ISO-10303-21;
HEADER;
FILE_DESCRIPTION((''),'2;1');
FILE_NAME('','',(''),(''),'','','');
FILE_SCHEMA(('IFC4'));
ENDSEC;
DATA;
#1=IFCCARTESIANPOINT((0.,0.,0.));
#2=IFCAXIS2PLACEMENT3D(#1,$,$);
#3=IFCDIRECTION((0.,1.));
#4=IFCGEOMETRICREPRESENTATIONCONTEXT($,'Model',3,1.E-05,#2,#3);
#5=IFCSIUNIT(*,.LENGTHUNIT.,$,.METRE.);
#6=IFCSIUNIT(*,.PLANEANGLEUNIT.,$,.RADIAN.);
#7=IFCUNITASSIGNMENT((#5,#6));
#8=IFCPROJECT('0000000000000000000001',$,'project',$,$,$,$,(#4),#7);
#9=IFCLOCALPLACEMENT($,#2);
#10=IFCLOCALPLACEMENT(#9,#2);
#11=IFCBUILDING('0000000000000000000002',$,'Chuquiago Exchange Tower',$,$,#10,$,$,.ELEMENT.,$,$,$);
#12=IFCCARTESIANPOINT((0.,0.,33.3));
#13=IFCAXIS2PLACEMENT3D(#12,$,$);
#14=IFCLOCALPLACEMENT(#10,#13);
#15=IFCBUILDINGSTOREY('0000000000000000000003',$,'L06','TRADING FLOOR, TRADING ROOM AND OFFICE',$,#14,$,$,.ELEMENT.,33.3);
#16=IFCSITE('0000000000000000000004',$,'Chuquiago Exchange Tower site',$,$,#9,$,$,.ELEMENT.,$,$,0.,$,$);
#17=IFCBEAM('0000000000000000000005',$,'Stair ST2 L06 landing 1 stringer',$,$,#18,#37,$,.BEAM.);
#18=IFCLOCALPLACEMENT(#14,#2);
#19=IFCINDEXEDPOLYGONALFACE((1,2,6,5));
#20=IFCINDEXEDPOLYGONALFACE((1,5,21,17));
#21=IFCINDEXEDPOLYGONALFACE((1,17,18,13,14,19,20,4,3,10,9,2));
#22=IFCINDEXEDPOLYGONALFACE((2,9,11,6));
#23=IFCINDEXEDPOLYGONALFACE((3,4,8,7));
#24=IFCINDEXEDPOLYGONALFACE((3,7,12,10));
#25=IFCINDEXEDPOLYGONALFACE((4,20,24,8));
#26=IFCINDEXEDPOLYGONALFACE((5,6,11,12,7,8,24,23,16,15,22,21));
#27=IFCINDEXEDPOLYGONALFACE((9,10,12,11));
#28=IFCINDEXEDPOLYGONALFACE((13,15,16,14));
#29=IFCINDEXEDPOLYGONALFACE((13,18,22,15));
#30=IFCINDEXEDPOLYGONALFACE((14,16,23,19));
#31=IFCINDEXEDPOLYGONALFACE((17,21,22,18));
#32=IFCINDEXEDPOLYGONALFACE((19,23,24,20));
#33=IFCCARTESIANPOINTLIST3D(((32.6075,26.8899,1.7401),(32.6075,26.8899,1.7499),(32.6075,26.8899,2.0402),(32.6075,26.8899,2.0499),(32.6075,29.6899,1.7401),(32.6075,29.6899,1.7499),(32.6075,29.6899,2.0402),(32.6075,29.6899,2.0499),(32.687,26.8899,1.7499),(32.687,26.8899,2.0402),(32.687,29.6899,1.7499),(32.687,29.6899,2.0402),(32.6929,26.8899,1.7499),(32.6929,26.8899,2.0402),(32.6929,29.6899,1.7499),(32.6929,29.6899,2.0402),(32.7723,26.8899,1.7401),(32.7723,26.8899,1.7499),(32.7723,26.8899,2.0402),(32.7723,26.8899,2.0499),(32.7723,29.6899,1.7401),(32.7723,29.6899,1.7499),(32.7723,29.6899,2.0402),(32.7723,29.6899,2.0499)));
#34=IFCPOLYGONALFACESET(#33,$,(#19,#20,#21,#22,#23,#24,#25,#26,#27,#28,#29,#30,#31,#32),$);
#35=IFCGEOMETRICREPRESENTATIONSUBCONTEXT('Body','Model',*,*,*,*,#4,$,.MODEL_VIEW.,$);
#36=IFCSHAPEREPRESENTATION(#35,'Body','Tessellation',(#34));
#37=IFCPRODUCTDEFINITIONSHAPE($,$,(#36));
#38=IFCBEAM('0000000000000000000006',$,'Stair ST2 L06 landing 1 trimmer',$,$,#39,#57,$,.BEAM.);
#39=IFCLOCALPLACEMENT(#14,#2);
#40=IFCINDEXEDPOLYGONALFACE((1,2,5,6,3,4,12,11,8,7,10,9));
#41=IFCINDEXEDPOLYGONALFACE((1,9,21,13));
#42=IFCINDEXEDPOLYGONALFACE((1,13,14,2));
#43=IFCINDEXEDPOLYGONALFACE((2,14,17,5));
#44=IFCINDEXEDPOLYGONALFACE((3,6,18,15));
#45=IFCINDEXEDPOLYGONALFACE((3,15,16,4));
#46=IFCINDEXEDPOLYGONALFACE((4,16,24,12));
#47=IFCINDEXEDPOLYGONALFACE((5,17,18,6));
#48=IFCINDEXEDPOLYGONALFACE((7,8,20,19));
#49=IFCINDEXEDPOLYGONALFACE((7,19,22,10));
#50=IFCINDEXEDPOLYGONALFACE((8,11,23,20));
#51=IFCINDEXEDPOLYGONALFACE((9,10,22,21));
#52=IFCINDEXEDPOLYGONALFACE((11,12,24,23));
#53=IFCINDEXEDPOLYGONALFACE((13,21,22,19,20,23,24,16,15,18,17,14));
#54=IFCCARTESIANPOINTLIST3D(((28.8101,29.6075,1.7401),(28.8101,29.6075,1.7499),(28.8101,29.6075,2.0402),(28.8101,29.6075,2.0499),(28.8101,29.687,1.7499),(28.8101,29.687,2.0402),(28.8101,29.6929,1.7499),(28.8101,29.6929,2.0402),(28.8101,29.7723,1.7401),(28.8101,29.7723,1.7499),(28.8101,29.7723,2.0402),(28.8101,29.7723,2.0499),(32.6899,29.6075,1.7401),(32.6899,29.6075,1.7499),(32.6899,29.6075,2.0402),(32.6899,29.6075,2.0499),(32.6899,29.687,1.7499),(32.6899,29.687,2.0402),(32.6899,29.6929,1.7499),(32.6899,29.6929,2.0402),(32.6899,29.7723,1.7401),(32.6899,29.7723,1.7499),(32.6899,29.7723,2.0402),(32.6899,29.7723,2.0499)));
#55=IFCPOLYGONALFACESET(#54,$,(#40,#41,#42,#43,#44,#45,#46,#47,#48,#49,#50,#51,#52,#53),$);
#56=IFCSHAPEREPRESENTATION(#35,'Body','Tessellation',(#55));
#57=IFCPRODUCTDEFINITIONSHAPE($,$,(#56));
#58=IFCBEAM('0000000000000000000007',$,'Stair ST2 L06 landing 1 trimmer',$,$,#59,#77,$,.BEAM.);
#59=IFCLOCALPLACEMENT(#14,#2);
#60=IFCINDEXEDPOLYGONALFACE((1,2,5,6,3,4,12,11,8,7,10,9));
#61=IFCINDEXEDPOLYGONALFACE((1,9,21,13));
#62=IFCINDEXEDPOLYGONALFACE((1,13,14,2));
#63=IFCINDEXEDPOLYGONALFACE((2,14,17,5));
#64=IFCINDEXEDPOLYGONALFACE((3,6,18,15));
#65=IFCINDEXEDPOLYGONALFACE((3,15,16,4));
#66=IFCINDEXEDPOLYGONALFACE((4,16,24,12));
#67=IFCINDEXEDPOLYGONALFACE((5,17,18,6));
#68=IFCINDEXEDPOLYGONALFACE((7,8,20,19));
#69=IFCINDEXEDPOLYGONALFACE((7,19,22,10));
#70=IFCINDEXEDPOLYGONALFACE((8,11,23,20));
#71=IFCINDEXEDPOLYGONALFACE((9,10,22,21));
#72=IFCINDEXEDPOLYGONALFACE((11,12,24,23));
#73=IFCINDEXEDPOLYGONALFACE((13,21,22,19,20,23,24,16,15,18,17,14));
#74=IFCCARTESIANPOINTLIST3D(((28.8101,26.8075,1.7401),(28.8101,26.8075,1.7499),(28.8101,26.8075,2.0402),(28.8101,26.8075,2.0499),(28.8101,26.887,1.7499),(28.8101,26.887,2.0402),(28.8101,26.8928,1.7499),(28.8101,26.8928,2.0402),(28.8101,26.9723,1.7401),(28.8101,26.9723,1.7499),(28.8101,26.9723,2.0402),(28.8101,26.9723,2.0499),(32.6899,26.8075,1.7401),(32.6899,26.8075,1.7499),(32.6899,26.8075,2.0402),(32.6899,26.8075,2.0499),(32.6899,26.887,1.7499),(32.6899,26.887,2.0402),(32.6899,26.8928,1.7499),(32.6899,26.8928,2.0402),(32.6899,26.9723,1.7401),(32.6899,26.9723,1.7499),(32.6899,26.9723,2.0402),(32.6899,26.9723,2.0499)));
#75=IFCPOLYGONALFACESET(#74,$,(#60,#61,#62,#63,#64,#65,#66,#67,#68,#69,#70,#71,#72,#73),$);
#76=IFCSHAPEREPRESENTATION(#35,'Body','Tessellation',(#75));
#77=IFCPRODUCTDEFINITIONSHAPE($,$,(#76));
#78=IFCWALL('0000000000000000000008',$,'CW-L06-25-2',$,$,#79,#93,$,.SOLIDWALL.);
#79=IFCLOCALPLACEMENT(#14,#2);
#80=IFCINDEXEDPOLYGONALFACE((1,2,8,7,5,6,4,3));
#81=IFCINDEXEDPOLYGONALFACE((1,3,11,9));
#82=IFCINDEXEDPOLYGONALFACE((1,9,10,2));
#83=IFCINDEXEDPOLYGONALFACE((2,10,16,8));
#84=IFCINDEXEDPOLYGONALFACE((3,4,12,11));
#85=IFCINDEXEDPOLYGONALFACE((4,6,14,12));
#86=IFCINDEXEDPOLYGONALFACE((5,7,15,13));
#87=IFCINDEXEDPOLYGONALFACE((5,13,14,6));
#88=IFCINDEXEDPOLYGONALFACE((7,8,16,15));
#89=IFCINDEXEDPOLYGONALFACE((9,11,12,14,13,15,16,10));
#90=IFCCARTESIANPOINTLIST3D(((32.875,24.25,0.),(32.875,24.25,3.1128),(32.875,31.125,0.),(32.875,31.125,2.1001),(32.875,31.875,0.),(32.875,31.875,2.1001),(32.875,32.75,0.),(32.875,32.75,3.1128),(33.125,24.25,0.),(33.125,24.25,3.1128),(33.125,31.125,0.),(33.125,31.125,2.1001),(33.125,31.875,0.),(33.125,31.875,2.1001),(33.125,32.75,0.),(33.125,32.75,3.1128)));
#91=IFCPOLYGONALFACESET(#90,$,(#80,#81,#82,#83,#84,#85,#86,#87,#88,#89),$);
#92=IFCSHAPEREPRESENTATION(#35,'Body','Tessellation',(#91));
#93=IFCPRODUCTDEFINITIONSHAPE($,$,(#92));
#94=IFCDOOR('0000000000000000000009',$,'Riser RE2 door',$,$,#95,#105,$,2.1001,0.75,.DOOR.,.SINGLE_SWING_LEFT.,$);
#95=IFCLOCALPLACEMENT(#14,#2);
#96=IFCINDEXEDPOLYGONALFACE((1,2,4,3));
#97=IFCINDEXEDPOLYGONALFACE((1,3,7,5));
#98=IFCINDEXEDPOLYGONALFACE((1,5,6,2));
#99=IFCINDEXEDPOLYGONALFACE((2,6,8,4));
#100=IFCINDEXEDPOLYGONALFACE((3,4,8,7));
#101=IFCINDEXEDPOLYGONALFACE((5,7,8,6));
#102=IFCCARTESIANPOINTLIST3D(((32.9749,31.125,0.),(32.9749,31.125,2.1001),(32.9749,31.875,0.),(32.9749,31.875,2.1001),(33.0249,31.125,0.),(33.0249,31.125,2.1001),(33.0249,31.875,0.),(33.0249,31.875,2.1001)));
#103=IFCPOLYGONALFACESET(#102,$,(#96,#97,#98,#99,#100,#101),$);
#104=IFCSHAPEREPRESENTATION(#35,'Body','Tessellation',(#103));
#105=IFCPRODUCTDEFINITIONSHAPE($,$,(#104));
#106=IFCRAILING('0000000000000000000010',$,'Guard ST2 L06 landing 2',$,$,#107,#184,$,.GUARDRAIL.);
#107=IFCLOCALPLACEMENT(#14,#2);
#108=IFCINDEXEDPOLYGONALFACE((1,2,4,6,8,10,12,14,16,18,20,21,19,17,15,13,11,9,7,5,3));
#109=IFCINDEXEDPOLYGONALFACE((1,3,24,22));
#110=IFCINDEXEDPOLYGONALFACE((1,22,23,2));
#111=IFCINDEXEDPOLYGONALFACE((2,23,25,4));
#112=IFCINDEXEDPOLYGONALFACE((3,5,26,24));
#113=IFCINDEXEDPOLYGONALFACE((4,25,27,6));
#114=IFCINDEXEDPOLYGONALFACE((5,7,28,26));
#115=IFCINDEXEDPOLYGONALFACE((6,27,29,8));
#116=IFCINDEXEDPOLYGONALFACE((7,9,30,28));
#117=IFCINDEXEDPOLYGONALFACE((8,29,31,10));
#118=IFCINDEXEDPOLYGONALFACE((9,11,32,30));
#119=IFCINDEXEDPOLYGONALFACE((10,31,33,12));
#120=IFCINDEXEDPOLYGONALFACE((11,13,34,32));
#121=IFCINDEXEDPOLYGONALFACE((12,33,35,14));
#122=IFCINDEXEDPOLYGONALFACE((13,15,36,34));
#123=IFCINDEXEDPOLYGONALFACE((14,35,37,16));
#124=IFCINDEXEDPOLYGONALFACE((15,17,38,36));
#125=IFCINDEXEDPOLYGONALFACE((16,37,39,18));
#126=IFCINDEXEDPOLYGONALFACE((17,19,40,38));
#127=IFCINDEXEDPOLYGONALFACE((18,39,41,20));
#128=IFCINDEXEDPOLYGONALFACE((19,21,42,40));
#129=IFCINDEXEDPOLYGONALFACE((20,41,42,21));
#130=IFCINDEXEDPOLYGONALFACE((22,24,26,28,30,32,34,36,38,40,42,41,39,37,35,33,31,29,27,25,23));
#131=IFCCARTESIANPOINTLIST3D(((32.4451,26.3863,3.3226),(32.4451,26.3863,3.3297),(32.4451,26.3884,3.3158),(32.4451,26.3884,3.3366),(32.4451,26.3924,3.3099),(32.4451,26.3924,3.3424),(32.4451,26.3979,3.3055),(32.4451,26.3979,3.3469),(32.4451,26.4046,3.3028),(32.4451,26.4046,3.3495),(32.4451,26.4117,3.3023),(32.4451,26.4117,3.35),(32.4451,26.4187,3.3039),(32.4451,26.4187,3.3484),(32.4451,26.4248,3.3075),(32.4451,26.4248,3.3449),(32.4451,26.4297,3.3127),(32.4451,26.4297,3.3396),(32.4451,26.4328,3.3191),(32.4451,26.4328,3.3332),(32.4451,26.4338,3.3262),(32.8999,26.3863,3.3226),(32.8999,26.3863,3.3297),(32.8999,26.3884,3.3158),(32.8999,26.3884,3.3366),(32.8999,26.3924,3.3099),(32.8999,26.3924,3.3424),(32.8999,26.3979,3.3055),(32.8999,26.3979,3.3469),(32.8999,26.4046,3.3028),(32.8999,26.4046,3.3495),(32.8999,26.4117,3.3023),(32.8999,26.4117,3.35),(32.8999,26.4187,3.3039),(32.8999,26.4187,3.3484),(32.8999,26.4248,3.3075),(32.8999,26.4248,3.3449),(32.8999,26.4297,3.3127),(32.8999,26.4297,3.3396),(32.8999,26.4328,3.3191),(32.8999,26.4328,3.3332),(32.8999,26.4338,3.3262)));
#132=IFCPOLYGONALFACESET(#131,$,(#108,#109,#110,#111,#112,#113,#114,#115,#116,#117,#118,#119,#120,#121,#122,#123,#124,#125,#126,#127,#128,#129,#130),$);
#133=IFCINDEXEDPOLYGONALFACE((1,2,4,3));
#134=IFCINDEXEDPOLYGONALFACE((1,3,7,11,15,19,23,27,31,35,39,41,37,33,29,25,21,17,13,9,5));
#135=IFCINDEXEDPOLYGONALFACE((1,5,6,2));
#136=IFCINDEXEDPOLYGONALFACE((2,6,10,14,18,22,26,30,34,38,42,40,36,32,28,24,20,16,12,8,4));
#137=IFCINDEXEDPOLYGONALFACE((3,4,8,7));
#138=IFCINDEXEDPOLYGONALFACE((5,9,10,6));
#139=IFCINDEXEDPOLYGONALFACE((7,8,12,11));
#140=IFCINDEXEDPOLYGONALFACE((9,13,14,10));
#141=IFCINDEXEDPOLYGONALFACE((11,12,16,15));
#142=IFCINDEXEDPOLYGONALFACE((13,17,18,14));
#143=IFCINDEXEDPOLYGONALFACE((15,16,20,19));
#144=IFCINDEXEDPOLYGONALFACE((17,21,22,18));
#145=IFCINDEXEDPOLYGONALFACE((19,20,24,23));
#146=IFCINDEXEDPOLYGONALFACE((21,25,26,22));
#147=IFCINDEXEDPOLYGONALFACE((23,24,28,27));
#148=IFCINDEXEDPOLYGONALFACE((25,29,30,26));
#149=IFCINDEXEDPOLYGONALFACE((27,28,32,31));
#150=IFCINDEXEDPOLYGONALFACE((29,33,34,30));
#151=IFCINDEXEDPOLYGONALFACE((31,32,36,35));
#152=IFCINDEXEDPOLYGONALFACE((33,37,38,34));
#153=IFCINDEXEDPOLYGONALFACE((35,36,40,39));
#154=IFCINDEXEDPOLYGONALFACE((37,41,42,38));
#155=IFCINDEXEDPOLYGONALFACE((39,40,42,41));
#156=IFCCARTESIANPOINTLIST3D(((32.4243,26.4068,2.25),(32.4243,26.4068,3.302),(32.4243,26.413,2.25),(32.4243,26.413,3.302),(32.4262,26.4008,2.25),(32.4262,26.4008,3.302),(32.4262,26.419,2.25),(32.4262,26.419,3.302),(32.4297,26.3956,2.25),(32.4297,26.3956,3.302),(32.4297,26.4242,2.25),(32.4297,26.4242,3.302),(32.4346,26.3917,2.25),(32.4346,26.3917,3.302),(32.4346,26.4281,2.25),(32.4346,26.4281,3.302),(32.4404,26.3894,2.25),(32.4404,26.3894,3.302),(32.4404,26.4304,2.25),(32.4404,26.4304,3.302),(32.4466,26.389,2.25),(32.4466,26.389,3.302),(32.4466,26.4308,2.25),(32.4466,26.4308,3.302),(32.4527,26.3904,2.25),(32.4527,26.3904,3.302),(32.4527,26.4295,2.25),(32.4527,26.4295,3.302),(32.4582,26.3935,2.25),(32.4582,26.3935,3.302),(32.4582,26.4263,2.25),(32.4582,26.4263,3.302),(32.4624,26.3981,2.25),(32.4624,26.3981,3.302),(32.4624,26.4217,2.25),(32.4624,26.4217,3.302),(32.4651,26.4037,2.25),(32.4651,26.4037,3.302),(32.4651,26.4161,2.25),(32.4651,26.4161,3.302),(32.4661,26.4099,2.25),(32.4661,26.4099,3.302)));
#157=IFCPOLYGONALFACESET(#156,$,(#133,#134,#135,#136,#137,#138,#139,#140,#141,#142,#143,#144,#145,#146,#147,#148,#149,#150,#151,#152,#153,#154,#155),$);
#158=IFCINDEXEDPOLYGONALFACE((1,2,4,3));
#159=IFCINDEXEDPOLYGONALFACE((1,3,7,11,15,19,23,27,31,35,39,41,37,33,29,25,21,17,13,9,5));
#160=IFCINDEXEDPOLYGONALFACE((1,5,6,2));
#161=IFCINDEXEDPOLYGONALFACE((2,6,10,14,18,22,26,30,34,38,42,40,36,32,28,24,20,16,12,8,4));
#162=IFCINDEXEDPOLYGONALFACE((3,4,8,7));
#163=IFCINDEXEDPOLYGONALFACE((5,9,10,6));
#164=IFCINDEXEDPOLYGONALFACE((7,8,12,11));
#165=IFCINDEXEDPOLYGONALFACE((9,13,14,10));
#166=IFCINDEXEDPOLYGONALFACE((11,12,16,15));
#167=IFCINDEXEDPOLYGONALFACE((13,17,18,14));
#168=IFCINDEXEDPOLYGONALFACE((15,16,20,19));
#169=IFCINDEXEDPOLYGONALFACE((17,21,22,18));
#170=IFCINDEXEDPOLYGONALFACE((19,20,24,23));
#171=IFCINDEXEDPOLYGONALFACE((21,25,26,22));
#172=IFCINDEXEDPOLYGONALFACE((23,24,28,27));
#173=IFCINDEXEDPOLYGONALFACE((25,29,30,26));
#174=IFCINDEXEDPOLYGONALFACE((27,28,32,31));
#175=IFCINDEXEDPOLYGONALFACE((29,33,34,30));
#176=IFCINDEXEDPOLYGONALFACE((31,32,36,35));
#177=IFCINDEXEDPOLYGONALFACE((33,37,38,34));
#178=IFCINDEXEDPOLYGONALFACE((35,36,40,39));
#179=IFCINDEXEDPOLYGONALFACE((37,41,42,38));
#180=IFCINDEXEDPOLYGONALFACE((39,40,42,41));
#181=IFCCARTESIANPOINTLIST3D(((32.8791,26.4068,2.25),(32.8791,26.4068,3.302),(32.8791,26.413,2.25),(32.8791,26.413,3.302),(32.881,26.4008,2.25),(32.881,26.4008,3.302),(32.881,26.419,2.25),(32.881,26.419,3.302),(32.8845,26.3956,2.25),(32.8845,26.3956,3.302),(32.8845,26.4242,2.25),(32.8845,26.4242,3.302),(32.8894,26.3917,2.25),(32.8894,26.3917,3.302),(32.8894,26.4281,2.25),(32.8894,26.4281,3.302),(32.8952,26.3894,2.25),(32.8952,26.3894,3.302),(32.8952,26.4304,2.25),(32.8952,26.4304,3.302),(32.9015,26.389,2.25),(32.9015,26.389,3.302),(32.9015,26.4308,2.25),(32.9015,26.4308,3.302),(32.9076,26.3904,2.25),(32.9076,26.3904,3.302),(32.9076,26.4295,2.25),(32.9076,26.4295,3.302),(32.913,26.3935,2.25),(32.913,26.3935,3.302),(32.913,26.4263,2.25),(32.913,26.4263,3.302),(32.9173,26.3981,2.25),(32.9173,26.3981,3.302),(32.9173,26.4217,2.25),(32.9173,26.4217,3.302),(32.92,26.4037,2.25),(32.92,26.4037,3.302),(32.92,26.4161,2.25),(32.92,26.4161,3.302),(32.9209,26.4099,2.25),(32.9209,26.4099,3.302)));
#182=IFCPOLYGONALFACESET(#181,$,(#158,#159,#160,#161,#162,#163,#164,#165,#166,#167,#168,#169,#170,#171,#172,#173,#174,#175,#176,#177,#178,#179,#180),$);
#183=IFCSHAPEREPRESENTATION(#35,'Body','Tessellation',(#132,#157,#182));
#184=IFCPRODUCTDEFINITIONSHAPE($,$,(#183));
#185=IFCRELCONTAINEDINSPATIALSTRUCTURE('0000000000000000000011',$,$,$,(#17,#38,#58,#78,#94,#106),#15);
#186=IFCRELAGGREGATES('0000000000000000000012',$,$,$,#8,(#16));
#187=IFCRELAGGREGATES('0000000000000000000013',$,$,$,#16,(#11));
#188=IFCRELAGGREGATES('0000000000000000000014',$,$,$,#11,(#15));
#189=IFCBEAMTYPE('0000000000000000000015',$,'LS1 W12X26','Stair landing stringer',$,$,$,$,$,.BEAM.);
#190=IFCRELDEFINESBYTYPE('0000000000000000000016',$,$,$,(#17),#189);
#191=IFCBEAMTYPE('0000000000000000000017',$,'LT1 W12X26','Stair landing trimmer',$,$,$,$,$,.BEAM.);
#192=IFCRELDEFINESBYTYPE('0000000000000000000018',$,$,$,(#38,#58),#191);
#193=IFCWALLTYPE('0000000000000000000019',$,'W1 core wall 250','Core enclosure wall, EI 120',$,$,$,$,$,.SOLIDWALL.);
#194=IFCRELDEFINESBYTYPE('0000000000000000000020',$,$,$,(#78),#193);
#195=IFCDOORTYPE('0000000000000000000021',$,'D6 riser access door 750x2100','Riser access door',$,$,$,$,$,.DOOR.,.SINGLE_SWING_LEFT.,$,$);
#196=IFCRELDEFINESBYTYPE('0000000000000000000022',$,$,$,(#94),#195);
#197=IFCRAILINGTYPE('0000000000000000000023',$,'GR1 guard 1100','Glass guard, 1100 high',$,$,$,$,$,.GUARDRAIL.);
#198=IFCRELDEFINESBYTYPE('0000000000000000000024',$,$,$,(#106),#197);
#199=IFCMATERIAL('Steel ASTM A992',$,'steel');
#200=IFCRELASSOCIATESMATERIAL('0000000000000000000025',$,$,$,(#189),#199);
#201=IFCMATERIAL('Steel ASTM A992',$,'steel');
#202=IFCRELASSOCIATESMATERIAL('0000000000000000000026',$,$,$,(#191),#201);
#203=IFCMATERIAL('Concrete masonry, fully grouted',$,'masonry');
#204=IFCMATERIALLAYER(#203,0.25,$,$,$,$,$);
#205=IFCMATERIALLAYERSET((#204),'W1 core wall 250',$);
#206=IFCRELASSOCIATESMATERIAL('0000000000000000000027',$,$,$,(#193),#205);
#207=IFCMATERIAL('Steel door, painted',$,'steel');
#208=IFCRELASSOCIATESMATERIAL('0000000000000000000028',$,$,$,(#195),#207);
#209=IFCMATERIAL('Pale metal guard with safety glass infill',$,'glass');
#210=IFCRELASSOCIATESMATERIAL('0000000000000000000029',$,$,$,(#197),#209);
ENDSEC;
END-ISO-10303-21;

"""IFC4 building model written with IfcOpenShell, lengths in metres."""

from ifc_helpers import new_model, si_unit, direction, frame, frame_2d, origin, origin_2d, place, context, subcontext, project, spatial, rectangle, circle, i_section, extrude, material, layer, layer_set, material_profile, profile_set, type_object, element, fill, save


model = new_model("IFC4")

# Units and contexts
model_context = context("Model", 3, precision=1e-05, world=origin(), true_north=direction((0.0, 1.0)))
body_context = subcontext(model_context, "Body", "Model", "MODEL_VIEW")
ifc_project = project(units=[si_unit("LENGTHUNIT", "METRE"), si_unit("PLANEANGLEUNIT", "RADIAN")], contexts=[model_context])

# Site, building, storey
site_placement = place(None, origin())
site = spatial("IfcSite", under=ifc_project, at=site_placement, Name="Chuquiago Exchange Tower site", CompositionType="ELEMENT", RefElevation=0.0)
building_placement = place(site_placement, origin())
building = spatial("IfcBuilding", under=site, at=building_placement, Name="Chuquiago Exchange Tower", CompositionType="ELEMENT")
storey_placement = place(building_placement, frame((0.0, 0.0, 33.3)))
storey = spatial("IfcBuildingStorey", under=building, at=storey_placement, Name="L06", Description="TRADING FLOOR, TRADING ROOM AND OFFICE", CompositionType="ELEMENT", Elevation=33.3)

# Beams
ifc_material_1 = material(Name="Steel ASTM A992", Category="steel")
ifc_material_profile_1 = material_profile(ifc_material_1, i_section(OverallWidth=0.1648, OverallDepth=0.3098, WebThickness=0.0059, FlangeThickness=0.0098, at=origin_2d()), Name="W12X26")
ifc_profile_set_1 = profile_set([ifc_material_profile_1], Name="Steel ASTM A992")
beam_type_1 = type_object("IfcBeamType", Name="LS1 W12X26", Description="Stair landing stringer", PredefinedType="BEAM", material=ifc_profile_set_1)
for number, where, z_axis, x_axis, name in (
    (1, (32.6899, 26.8899, 1.895), (0.0, 1.0, 0.0), (-1.0, 0.0, 0.0), "Stair ST2 L06 landing 1 stringer"),
):
    element("IfcBeam", number, at=place(storey_placement, frame(where, z_axis=z_axis, x_axis=x_axis)), inside=storey, type_object=beam_type_1, Name=name, PredefinedType="BEAM", context=body_context, shape_type="SweptSolid", body=[
        extrude(i_section(OverallWidth=0.1648, OverallDepth=0.3098, WebThickness=0.0059, FlangeThickness=0.0098, at=origin_2d()), origin(), (0.0, 0.0, 1.0), 2.8),
    ])
ifc_material_2 = material(Name="Steel ASTM A992", Category="steel")
ifc_material_profile_2 = material_profile(ifc_material_2, i_section(OverallWidth=0.1648, OverallDepth=0.3098, WebThickness=0.0059, FlangeThickness=0.0098, at=origin_2d()), Name="W12X26")
ifc_profile_set_2 = profile_set([ifc_material_profile_2], Name="Steel ASTM A992")
beam_type_2 = type_object("IfcBeamType", Name="LT1 W12X26", Description="Stair landing trimmer", PredefinedType="BEAM", material=ifc_profile_set_2)
for number, where, z_axis, x_axis, name in (
    (2, (28.8101, 29.6899, 1.895), (1.0, 0.0, 0.0), (0.0, 1.0, 0.0), "Stair ST2 L06 landing 1 trimmer"),
    (3, (28.8101, 26.8899, 1.895), (1.0, 0.0, 0.0), (0.0, 1.0, 0.0), "Stair ST2 L06 landing 1 trimmer"),
):
    element("IfcBeam", number, at=place(storey_placement, frame(where, z_axis=z_axis, x_axis=x_axis)), inside=storey, type_object=beam_type_2, Name=name, PredefinedType="BEAM", context=body_context, shape_type="SweptSolid", body=[
        extrude(i_section(OverallWidth=0.1648, OverallDepth=0.3098, WebThickness=0.0059, FlangeThickness=0.0098, at=origin_2d()), origin(), (0.0, 0.0, 1.0), 3.8799),
    ])

# Wall, opening, door
ifc_material_3 = material(Name="Concrete masonry, fully grouted", Category="masonry")
ifc_layer = layer(ifc_material_3, 0.25)
ifc_layer_set = layer_set([ifc_layer], Name="W1 core wall 250")
wall_type = type_object("IfcWallType", Name="W1 core wall 250", Description="Core enclosure wall, EI 120", PredefinedType="SOLIDWALL", material=ifc_layer_set)
wall_placement = place(storey_placement, frame((33.0, 24.25, 0.0), z_axis=(0.0, 0.0, 1.0), x_axis=(0.0, 1.0, 0.0)))
wall = element("IfcWall", 4, at=wall_placement, inside=storey, type_object=wall_type, Name="CW-L06-25-2", PredefinedType="SOLIDWALL", context=body_context, shape_type="SweptSolid", body=[
    extrude(rectangle(XDim=8.5, YDim=0.25, at=frame_2d((4.25, 0.0))), origin(), (0.0, 0.0, 1.0), 3.1128),
])
opening_placement = place(wall_placement, frame((6.875, 0.0, 0.0)))
opening = element("IfcOpeningElement", 5, at=opening_placement, cuts=wall, PredefinedType="OPENING", context=body_context, shape_type="SweptSolid", body=[
    extrude(rectangle(XDim=0.75, YDim=2.1001, at=frame_2d((0.375, 1.05))), frame((0.0, 0.135, 0.0), z_axis=(0.0, -1.0, 0.0), x_axis=(1.0, 0.0, 0.0)), (0.0, 0.0, 1.0), 0.27),
])
ifc_material_4 = material(Name="Steel door, painted", Category="steel")
door_type = type_object("IfcDoorType", Name="D6 riser access door 750x2100", Description="Riser access door", OperationType="SINGLE_SWING_LEFT", PredefinedType="DOOR", material=ifc_material_4)
door_placement = place(opening_placement, frame((0.75, 0.0, 0.0), z_axis=(0.0, 0.0, 1.0), x_axis=(-1.0, 0.0, 0.0)))
door = element("IfcDoor", 6, at=door_placement, inside=storey, type_object=door_type, Name="Riser RE2 door", OperationType="SINGLE_SWING_LEFT", OverallHeight=2.1001, OverallWidth=0.75, PredefinedType="DOOR", context=body_context, shape_type="SweptSolid", body=[
    extrude(rectangle(XDim=0.75, YDim=2.1001, at=frame_2d((0.375, 1.05))), frame((0.0, 0.0249, 0.0), z_axis=(0.0, -1.0, 0.0), x_axis=(1.0, 0.0, 0.0)), (0.0, 0.0, 1.0), 0.05),
])
fill(opening, door)

# Railing
ifc_material_5 = material(Name="Pale metal guard with safety glass infill", Category="glass")
railing_type_1 = type_object("IfcRailingType", Name="GR1 guard 1100", Description="Glass guard, 1100 high", PredefinedType="GUARDRAIL", material=ifc_material_5)
railing_placement = place(storey_placement, frame((32.4451, 26.4099, 2.25)))
element("IfcRailing", 7, at=railing_placement, inside=storey, type_object=railing_type_1, Name="Guard ST2 L06 landing 2", PredefinedType="GUARDRAIL", context=body_context, shape_type="SweptSolid", body=[
    extrude(circle(Radius=0.0239, at=origin_2d()), frame((0.0, 0.0, 1.0762), z_axis=(1.0, 0.0, 0.0), x_axis=(0.0, 1.0, 0.0)), (0.0, 0.0, 1.0), 0.4548),
    extrude(circle(Radius=0.021, at=origin_2d()), origin(), (0.0, 0.0, 1.0), 1.052),
    extrude(circle(Radius=0.021, at=origin_2d()), frame((0.4548, 0.0, 0.0)), (0.0, 0.0, 1.0), 1.052),
])

save(model, "model.ifc")
